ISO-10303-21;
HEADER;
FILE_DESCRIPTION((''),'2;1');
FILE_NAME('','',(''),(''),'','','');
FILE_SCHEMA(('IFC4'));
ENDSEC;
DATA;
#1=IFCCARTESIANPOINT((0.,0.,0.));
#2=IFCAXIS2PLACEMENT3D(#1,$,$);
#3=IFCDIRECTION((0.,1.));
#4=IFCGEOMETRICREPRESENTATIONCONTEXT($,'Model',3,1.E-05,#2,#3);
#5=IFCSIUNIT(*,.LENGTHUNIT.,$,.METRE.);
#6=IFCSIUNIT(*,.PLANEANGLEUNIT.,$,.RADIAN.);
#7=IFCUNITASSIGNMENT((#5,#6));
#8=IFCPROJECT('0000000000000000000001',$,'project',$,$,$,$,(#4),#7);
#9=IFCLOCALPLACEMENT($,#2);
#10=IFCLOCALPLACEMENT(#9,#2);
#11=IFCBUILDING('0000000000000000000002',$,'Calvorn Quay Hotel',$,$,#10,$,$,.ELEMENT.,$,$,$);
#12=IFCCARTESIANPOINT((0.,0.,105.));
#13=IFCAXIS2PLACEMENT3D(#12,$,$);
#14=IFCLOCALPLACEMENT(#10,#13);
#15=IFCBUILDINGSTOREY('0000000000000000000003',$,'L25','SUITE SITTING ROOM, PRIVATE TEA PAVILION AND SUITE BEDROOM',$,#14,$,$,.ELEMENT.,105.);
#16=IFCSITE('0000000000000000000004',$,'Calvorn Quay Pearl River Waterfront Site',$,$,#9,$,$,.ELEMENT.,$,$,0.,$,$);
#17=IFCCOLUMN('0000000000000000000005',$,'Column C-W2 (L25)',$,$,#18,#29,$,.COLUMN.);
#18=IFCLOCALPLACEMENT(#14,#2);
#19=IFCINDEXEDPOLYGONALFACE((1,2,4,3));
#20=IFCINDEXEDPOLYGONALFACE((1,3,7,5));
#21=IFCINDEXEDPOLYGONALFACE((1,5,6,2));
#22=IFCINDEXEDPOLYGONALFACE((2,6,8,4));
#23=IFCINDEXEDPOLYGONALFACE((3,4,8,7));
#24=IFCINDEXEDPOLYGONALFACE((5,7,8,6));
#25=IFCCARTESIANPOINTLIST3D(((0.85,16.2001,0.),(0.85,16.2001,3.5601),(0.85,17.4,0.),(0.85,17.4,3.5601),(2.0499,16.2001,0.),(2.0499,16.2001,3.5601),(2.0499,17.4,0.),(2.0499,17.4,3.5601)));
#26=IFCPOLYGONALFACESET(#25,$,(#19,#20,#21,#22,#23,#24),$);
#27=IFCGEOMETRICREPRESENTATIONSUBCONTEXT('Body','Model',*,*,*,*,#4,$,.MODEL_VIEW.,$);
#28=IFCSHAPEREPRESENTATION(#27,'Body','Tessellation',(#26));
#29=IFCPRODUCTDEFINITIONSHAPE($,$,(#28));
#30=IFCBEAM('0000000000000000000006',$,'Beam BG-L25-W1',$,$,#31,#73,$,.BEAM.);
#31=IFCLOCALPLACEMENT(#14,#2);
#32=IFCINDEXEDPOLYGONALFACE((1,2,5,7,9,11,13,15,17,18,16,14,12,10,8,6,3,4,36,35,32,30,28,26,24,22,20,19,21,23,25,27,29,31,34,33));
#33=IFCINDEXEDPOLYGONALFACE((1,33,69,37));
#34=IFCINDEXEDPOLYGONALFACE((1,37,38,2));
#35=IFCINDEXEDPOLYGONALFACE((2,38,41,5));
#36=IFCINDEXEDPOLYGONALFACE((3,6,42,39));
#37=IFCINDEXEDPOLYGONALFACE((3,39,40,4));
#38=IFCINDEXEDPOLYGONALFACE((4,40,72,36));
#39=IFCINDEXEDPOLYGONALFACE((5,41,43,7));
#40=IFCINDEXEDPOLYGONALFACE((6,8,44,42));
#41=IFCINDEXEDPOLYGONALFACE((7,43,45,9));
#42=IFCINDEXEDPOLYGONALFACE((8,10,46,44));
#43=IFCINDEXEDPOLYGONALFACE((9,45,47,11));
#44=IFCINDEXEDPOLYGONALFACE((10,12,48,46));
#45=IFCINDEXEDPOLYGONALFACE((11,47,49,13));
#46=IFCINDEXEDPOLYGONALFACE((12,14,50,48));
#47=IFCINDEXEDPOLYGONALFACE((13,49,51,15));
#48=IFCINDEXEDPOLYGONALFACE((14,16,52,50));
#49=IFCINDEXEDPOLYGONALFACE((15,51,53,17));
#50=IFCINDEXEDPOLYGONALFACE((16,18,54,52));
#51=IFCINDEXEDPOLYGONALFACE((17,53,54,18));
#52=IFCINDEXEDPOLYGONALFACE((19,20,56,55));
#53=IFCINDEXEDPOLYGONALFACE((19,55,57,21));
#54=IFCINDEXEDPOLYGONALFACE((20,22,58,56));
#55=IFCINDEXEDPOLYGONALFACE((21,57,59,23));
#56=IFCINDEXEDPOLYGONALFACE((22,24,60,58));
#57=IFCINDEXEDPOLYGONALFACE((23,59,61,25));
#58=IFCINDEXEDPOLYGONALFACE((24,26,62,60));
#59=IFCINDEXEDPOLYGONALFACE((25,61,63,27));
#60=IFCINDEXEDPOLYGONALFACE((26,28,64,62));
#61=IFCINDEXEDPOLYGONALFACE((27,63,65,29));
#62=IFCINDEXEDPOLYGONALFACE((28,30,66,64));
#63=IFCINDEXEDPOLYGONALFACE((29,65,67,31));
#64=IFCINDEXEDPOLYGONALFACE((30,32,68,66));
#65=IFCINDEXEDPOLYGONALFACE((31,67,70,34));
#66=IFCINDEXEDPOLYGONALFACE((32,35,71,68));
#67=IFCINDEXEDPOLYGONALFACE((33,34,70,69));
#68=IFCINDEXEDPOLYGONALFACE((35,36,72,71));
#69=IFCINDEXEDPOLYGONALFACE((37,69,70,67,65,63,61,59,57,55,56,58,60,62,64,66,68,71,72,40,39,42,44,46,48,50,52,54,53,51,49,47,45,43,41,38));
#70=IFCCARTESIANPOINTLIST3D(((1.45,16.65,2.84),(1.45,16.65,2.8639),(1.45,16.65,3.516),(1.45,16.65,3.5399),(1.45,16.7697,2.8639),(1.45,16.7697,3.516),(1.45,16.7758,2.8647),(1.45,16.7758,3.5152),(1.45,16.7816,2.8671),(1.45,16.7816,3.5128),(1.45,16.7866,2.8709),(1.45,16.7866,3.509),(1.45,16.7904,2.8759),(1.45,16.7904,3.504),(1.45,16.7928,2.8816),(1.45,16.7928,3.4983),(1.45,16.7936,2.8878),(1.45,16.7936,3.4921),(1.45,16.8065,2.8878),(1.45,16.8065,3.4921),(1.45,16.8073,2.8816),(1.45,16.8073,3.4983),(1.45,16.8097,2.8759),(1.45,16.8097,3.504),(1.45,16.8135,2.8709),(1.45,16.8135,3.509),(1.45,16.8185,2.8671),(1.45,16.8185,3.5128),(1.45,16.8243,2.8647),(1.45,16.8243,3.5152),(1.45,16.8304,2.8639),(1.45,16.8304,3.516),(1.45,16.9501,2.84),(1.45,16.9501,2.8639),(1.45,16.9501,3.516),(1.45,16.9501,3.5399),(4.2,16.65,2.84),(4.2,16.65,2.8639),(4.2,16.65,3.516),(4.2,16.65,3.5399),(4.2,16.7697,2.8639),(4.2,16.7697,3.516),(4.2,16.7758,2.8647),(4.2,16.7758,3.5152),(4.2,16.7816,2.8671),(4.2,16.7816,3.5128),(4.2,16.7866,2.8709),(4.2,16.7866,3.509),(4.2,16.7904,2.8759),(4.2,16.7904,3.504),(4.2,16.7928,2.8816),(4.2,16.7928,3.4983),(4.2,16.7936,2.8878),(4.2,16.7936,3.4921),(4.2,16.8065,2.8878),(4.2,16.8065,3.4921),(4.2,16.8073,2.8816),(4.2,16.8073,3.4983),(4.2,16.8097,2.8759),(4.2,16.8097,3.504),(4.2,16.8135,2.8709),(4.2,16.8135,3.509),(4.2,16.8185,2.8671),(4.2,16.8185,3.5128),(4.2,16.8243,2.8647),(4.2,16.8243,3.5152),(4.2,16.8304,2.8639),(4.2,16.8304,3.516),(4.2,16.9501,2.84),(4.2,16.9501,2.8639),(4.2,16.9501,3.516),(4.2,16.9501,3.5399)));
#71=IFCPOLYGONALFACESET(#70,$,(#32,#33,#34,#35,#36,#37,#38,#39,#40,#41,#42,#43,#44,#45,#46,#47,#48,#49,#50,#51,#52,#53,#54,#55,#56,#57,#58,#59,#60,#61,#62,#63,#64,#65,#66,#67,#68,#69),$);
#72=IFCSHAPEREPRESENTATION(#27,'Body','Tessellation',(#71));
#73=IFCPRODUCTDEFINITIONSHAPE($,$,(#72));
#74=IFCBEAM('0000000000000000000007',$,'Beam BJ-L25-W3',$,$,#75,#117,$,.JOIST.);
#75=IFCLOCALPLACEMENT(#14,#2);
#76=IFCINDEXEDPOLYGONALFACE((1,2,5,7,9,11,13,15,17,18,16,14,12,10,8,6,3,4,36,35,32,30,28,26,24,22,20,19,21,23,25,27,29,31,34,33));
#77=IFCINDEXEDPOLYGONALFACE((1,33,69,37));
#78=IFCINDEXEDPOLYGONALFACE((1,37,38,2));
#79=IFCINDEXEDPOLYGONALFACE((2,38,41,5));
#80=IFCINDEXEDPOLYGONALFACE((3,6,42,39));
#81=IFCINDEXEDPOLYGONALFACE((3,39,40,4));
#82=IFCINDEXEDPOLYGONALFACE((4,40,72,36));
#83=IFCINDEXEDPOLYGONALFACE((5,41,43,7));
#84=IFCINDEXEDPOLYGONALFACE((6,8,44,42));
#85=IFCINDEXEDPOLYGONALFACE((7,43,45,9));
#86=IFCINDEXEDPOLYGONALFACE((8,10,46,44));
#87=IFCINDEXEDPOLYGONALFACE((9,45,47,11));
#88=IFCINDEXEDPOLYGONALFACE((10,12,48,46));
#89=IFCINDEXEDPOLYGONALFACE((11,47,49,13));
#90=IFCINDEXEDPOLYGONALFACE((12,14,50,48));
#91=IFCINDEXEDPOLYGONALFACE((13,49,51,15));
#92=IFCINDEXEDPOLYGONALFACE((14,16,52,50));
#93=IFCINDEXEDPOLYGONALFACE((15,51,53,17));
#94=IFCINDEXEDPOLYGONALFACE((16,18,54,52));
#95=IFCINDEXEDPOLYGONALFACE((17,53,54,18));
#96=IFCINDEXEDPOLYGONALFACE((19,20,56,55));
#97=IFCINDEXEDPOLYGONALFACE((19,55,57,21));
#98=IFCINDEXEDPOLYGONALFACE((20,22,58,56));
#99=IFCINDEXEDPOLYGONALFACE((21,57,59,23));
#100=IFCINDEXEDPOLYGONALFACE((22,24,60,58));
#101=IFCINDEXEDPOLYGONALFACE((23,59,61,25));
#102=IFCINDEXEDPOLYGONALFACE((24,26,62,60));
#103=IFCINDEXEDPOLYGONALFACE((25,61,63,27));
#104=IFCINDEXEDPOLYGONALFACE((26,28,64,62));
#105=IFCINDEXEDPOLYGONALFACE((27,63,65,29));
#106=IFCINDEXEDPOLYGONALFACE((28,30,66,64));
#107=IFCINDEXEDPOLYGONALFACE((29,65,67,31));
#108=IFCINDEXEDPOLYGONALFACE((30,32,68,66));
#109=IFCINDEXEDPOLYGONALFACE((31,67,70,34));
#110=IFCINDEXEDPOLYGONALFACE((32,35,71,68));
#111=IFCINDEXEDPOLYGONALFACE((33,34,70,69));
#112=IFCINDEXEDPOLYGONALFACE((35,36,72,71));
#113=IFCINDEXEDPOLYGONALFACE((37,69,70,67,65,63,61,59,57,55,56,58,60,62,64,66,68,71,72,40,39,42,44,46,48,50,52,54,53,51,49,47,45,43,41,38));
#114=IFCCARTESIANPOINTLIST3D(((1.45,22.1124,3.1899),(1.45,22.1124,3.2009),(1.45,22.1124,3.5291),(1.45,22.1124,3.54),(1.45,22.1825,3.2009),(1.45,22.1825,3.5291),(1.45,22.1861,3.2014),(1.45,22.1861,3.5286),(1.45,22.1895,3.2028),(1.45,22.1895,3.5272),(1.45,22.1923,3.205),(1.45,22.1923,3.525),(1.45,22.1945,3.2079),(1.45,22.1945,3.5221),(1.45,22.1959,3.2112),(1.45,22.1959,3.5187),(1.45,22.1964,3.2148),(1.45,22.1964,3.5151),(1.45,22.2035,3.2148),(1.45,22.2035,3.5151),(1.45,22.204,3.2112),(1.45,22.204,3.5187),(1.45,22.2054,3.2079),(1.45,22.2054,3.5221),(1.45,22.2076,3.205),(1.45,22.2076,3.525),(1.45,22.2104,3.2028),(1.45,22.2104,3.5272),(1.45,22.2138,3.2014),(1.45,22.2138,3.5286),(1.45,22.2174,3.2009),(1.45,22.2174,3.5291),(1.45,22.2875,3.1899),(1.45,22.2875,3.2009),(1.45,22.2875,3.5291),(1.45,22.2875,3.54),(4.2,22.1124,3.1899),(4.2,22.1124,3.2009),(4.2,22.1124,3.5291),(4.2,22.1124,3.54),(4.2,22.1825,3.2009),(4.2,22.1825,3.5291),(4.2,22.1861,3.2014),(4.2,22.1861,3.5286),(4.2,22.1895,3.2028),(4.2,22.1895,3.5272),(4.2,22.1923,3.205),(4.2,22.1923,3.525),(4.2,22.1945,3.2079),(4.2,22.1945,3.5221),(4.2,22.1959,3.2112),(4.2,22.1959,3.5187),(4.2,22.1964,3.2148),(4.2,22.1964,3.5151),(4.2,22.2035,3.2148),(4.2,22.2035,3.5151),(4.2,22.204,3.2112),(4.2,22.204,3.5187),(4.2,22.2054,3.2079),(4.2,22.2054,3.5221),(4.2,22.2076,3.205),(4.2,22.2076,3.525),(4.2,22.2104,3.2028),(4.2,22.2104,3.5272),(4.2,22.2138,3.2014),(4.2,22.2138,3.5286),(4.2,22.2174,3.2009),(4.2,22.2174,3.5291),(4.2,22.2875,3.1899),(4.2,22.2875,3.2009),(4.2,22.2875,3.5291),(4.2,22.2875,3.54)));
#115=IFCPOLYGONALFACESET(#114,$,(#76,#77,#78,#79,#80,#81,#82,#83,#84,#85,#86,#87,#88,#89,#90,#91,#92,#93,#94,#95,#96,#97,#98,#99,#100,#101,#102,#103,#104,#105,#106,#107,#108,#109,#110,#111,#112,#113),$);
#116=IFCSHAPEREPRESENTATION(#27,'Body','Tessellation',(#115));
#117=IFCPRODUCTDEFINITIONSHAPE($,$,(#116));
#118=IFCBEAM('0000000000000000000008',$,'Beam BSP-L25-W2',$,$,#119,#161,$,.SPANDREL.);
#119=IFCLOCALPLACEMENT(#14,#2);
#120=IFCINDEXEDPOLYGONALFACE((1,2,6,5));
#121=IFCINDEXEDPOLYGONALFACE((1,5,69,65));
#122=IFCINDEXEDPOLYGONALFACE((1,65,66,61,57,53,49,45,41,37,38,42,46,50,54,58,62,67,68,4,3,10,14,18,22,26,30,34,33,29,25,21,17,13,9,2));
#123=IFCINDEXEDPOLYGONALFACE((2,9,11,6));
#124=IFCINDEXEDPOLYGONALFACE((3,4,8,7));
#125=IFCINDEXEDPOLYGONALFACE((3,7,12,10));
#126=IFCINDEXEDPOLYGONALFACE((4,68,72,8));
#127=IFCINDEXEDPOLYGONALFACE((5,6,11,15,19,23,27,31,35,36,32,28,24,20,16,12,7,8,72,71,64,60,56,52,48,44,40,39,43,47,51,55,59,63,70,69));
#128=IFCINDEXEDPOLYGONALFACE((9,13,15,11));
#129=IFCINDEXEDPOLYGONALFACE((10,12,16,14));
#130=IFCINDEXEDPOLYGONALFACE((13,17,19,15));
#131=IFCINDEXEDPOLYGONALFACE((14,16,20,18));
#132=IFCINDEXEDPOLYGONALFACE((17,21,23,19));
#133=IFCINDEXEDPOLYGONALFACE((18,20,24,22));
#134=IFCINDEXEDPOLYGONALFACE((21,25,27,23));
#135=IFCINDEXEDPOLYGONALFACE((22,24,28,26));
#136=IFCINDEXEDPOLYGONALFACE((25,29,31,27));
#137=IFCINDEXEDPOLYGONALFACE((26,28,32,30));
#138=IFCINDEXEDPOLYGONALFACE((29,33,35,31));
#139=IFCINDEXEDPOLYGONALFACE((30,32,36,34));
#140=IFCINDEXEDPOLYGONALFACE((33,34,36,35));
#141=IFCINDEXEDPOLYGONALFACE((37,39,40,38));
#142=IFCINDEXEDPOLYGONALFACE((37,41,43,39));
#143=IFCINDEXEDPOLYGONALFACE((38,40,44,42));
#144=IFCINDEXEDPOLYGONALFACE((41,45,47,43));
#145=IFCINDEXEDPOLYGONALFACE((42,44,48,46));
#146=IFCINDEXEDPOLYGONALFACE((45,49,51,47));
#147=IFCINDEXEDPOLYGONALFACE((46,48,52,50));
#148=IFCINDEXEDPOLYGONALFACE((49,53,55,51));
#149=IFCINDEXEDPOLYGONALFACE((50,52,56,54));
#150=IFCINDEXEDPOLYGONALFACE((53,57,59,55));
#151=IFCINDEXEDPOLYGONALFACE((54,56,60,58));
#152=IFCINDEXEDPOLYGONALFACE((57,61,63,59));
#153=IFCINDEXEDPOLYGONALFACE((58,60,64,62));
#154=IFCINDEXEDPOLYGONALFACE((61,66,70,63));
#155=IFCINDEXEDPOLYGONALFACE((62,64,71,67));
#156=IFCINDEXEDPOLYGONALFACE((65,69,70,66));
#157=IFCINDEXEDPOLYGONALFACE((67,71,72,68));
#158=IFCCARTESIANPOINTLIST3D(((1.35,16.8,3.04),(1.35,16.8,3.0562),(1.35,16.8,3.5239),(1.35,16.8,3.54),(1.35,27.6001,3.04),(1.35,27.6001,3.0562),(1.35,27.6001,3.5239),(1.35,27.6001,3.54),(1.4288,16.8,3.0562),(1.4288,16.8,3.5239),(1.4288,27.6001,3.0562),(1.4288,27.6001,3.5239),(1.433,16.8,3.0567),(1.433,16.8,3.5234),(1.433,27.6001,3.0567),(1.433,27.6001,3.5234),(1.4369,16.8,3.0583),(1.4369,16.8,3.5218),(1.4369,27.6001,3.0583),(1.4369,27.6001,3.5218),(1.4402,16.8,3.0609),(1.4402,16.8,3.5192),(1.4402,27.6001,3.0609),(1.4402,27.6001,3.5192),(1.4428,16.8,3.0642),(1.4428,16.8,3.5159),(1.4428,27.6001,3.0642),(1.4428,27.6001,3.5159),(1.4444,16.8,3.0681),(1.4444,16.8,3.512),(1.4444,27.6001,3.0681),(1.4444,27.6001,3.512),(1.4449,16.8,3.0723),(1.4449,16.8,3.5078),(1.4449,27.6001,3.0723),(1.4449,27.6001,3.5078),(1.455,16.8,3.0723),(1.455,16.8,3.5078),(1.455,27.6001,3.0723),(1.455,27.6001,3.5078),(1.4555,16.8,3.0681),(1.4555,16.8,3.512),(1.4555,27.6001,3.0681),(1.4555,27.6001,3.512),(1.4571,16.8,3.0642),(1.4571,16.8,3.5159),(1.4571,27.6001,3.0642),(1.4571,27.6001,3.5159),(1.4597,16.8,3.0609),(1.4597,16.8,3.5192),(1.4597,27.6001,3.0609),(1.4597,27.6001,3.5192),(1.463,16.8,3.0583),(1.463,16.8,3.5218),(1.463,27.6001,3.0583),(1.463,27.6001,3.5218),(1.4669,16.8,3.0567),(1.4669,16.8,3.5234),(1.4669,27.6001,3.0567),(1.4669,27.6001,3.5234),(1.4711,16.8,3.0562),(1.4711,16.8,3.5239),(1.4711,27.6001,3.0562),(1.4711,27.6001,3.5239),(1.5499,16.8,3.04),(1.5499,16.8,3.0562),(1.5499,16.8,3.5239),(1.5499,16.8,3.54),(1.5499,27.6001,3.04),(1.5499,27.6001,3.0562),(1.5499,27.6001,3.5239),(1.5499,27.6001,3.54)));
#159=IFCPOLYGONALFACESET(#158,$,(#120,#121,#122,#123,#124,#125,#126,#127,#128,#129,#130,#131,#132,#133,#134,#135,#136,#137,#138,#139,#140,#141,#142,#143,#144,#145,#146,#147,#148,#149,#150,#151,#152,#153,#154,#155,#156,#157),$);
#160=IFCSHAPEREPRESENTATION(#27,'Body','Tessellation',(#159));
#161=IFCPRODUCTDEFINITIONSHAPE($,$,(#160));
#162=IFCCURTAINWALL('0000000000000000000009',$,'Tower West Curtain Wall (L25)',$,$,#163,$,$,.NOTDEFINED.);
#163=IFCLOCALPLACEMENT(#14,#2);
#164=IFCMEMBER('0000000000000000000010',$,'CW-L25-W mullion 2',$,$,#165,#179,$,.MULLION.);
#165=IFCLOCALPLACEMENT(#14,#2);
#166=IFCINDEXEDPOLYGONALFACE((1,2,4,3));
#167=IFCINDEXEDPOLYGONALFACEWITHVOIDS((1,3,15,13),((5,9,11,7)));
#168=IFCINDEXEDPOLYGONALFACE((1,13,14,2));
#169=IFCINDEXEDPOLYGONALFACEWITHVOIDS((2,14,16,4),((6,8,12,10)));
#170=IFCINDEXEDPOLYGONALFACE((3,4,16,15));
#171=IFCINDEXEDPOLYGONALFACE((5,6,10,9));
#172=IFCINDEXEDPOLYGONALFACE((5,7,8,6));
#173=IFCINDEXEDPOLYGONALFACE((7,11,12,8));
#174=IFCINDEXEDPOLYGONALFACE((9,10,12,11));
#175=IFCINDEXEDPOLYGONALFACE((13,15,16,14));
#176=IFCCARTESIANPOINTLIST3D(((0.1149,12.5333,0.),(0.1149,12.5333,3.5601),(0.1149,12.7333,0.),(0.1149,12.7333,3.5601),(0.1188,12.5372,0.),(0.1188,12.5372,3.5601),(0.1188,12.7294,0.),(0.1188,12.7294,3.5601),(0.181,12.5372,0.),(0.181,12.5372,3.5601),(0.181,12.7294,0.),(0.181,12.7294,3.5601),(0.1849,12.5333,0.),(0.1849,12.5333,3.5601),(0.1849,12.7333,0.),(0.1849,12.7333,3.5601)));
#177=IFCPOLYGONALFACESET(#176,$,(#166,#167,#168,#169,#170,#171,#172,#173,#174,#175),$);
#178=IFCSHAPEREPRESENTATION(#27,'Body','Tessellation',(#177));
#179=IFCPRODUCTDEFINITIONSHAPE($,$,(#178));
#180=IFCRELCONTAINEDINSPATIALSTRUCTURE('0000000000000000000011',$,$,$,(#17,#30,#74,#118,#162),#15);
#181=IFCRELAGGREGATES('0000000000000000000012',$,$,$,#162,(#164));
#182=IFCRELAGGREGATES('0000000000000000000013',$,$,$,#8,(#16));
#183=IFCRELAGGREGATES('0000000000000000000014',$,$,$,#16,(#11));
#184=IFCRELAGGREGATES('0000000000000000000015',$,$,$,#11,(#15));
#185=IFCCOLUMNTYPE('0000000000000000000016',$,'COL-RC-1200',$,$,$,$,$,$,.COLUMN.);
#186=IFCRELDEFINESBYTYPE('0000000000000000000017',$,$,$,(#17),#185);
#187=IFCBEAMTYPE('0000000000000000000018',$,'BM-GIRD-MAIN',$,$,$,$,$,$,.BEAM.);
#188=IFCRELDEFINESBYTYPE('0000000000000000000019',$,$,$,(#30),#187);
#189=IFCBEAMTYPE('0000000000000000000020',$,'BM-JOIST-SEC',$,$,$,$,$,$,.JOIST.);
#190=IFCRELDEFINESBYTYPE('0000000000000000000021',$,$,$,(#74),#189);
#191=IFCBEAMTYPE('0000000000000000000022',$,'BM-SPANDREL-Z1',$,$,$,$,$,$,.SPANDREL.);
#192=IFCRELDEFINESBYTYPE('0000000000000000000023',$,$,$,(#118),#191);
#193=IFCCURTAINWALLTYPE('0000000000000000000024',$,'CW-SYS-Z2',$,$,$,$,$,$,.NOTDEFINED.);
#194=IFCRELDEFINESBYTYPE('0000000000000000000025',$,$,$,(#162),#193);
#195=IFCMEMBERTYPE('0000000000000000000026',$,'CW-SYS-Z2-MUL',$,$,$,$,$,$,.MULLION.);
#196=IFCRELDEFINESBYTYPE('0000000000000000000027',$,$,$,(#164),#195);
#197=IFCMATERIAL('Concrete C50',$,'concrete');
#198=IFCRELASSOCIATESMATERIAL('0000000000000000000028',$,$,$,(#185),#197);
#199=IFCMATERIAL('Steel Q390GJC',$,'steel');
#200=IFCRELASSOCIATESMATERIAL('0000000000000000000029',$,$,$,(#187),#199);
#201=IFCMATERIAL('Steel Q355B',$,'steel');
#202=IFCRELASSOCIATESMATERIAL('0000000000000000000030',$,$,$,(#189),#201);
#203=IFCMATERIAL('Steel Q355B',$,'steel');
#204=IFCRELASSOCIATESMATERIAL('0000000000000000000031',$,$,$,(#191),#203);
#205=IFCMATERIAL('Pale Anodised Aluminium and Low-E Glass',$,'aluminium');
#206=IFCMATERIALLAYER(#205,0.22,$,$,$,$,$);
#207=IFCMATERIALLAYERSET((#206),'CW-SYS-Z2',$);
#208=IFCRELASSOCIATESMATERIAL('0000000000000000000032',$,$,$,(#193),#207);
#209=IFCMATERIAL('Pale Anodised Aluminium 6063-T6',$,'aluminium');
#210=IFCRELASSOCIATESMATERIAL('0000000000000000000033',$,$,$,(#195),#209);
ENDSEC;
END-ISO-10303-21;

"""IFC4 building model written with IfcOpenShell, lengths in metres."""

from ifc_helpers import new_model, si_unit, direction, frame, origin, origin_2d, place, context, subcontext, project, spatial, rectangle, hollow_rectangle, i_section, extrude, material, layer, layer_set, material_profile, profile_set, type_object, element, aggregate, save


model = new_model("IFC4")

# Units and contexts
model_context = context("Model", 3, precision=1e-05, world=origin(), true_north=direction((0.0, 1.0)))
body_context = subcontext(model_context, "Body", "Model", "MODEL_VIEW")
ifc_project = project(units=[si_unit("LENGTHUNIT", "METRE"), si_unit("PLANEANGLEUNIT", "RADIAN")], contexts=[model_context])

# Site, building, storey
site_placement = place(None, origin())
site = spatial("IfcSite", under=ifc_project, at=site_placement, Name="Calvorn Quay Pearl River Waterfront Site", CompositionType="ELEMENT", RefElevation=0.0)
building_placement = place(site_placement, origin())
building = spatial("IfcBuilding", under=site, at=building_placement, Name="Calvorn Quay Hotel", CompositionType="ELEMENT")
storey_placement = place(building_placement, frame((0.0, 0.0, 105.0)))
storey = spatial("IfcBuildingStorey", under=building, at=storey_placement, Name="L25", Description="SUITE SITTING ROOM, PRIVATE TEA PAVILION AND SUITE BEDROOM", CompositionType="ELEMENT", Elevation=105.0)

# Column
ifc_material_1 = material(Name="Concrete C50", Category="concrete")
ifc_material_profile_1 = material_profile(ifc_material_1, rectangle(XDim=1.2, YDim=1.2, at=origin_2d()), Name="RC1200x1200")
ifc_profile_set_1 = profile_set([ifc_material_profile_1], Name="Concrete C50")
column_type = type_object("IfcColumnType", Name="COL-RC-1200", PredefinedType="COLUMN", material=ifc_profile_set_1)
column_placement = place(storey_placement, frame((1.45, 16.8, 0.0), z_axis=(0.0, 0.0, 1.0), x_axis=(1.0, 0.0, 0.0)))
element("IfcColumn", 1, at=column_placement, inside=storey, type_object=column_type, Name="Column C-W2 (L25)", PredefinedType="COLUMN", context=body_context, shape_type="SweptSolid", body=[
    extrude(rectangle(XDim=1.2, YDim=1.2, at=origin_2d()), origin(), (0.0, 0.0, 1.0), 3.5601),
])

# Beams
ifc_material_2 = material(Name="Steel Q390GJC", Category="steel")
ifc_material_profile_2 = material_profile(ifc_material_2, i_section(OverallWidth=0.3, OverallDepth=0.7, WebThickness=0.0129, FlangeThickness=0.0239, FilletRadius=0.0239, at=origin_2d()), Name="HN700x300x13x24")
ifc_profile_set_2 = profile_set([ifc_material_profile_2], Name="Steel Q390GJC")
beam_type_1 = type_object("IfcBeamType", Name="BM-GIRD-MAIN", PredefinedType="BEAM", material=ifc_profile_set_2)
beam_1_placement = place(storey_placement, frame((1.45, 16.8, 3.1899), z_axis=(1.0, 0.0, 0.0), x_axis=(0.0, 1.0, 0.0)))
element("IfcBeam", 2, at=beam_1_placement, inside=storey, type_object=beam_type_1, Name="Beam BG-L25-W1", PredefinedType="BEAM", context=body_context, shape_type="SweptSolid", body=[
    extrude(i_section(OverallWidth=0.3, OverallDepth=0.7, WebThickness=0.0129, FlangeThickness=0.0239, FilletRadius=0.0239, at=origin_2d()), origin(), (0.0, 0.0, 1.0), 2.75),
])
ifc_material_3 = material(Name="Steel Q355B", Category="steel")
ifc_material_profile_3 = material_profile(ifc_material_3, i_section(OverallWidth=0.175, OverallDepth=0.3501, WebThickness=0.0071, FlangeThickness=0.011, FilletRadius=0.0139, at=origin_2d()), Name="HN350x175x7x11")
ifc_profile_set_3 = profile_set([ifc_material_profile_3], Name="Steel Q355B")
beam_type_2 = type_object("IfcBeamType", Name="BM-JOIST-SEC", PredefinedType="JOIST", material=ifc_profile_set_3)
beam_2_placement = place(storey_placement, frame((1.45, 22.2, 3.365), z_axis=(1.0, 0.0, 0.0), x_axis=(0.0, 1.0, 0.0)))
element("IfcBeam", 3, at=beam_2_placement, inside=storey, type_object=beam_type_2, Name="Beam BJ-L25-W3", PredefinedType="JOIST", context=body_context, shape_type="SweptSolid", body=[
    extrude(i_section(OverallWidth=0.175, OverallDepth=0.3501, WebThickness=0.0071, FlangeThickness=0.011, FilletRadius=0.0139, at=origin_2d()), origin(), (0.0, 0.0, 1.0), 2.75),
])
ifc_material_4 = material(Name="Steel Q355B", Category="steel")
ifc_material_profile_4 = material_profile(ifc_material_4, i_section(OverallWidth=0.2, OverallDepth=0.5, WebThickness=0.01, FlangeThickness=0.0161, FilletRadius=0.0161, at=origin_2d()), Name="HN500x200x10x16")
ifc_profile_set_4 = profile_set([ifc_material_profile_4], Name="Steel Q355B")
beam_type_3 = type_object("IfcBeamType", Name="BM-SPANDREL-Z1", PredefinedType="SPANDREL", material=ifc_profile_set_4)
beam_3_placement = place(storey_placement, frame((1.45, 16.8, 3.29), z_axis=(0.0, 1.0, 0.0), x_axis=(-1.0, 0.0, 0.0)))
element("IfcBeam", 4, at=beam_3_placement, inside=storey, type_object=beam_type_3, Name="Beam BSP-L25-W2", PredefinedType="SPANDREL", context=body_context, shape_type="SweptSolid", body=[
    extrude(i_section(OverallWidth=0.2, OverallDepth=0.5, WebThickness=0.01, FlangeThickness=0.0161, FilletRadius=0.0161, at=origin_2d()), origin(), (0.0, 0.0, 1.0), 10.8),
])

# Curtain wall, member
ifc_material_5 = material(Name="Pale Anodised Aluminium and Low-E Glass", Category="aluminium")
ifc_layer_1 = layer(ifc_material_5, 0.22)
ifc_layer_set_1 = layer_set([ifc_layer_1], Name="CW-SYS-Z2")
curtain_wall_type = type_object("IfcCurtainWallType", Name="CW-SYS-Z2", PredefinedType="NOTDEFINED", material=ifc_layer_set_1)
curtain_wall_placement = place(storey_placement, origin())
curtain_wall = element("IfcCurtainWall", 5, at=curtain_wall_placement, inside=storey, type_object=curtain_wall_type, Name="Tower West Curtain Wall (L25)", PredefinedType="NOTDEFINED")
ifc_material_6 = material(Name="Pale Anodised Aluminium 6063-T6", Category="aluminium")
ifc_material_profile_5 = material_profile(ifc_material_6, hollow_rectangle(XDim=0.0701, YDim=0.2, WallThickness=0.0039, at=origin_2d()), Name="ALU-M200x70x4")
ifc_profile_set_5 = profile_set([ifc_material_profile_5], Name="Pale Anodised Aluminium 6063-T6")
member_type_1 = type_object("IfcMemberType", Name="CW-SYS-Z2-MUL", PredefinedType="MULLION", material=ifc_profile_set_5)
member_1_placement = place(storey_placement, frame((0.1499, 12.6333, 0.0), z_axis=(0.0, 0.0, 1.0), x_axis=(-1.0, 0.0, 0.0)))
member_1 = element("IfcMember", 6, at=member_1_placement, type_object=member_type_1, Name="CW-L25-W mullion 2", PredefinedType="MULLION", context=body_context, shape_type="SweptSolid", body=[
    extrude(hollow_rectangle(XDim=0.0701, YDim=0.2, WallThickness=0.0039, at=origin_2d()), origin(), (0.0, 0.0, 1.0), 3.5601),
])
aggregate(curtain_wall, [member_1])

save(model, "model.ifc")
